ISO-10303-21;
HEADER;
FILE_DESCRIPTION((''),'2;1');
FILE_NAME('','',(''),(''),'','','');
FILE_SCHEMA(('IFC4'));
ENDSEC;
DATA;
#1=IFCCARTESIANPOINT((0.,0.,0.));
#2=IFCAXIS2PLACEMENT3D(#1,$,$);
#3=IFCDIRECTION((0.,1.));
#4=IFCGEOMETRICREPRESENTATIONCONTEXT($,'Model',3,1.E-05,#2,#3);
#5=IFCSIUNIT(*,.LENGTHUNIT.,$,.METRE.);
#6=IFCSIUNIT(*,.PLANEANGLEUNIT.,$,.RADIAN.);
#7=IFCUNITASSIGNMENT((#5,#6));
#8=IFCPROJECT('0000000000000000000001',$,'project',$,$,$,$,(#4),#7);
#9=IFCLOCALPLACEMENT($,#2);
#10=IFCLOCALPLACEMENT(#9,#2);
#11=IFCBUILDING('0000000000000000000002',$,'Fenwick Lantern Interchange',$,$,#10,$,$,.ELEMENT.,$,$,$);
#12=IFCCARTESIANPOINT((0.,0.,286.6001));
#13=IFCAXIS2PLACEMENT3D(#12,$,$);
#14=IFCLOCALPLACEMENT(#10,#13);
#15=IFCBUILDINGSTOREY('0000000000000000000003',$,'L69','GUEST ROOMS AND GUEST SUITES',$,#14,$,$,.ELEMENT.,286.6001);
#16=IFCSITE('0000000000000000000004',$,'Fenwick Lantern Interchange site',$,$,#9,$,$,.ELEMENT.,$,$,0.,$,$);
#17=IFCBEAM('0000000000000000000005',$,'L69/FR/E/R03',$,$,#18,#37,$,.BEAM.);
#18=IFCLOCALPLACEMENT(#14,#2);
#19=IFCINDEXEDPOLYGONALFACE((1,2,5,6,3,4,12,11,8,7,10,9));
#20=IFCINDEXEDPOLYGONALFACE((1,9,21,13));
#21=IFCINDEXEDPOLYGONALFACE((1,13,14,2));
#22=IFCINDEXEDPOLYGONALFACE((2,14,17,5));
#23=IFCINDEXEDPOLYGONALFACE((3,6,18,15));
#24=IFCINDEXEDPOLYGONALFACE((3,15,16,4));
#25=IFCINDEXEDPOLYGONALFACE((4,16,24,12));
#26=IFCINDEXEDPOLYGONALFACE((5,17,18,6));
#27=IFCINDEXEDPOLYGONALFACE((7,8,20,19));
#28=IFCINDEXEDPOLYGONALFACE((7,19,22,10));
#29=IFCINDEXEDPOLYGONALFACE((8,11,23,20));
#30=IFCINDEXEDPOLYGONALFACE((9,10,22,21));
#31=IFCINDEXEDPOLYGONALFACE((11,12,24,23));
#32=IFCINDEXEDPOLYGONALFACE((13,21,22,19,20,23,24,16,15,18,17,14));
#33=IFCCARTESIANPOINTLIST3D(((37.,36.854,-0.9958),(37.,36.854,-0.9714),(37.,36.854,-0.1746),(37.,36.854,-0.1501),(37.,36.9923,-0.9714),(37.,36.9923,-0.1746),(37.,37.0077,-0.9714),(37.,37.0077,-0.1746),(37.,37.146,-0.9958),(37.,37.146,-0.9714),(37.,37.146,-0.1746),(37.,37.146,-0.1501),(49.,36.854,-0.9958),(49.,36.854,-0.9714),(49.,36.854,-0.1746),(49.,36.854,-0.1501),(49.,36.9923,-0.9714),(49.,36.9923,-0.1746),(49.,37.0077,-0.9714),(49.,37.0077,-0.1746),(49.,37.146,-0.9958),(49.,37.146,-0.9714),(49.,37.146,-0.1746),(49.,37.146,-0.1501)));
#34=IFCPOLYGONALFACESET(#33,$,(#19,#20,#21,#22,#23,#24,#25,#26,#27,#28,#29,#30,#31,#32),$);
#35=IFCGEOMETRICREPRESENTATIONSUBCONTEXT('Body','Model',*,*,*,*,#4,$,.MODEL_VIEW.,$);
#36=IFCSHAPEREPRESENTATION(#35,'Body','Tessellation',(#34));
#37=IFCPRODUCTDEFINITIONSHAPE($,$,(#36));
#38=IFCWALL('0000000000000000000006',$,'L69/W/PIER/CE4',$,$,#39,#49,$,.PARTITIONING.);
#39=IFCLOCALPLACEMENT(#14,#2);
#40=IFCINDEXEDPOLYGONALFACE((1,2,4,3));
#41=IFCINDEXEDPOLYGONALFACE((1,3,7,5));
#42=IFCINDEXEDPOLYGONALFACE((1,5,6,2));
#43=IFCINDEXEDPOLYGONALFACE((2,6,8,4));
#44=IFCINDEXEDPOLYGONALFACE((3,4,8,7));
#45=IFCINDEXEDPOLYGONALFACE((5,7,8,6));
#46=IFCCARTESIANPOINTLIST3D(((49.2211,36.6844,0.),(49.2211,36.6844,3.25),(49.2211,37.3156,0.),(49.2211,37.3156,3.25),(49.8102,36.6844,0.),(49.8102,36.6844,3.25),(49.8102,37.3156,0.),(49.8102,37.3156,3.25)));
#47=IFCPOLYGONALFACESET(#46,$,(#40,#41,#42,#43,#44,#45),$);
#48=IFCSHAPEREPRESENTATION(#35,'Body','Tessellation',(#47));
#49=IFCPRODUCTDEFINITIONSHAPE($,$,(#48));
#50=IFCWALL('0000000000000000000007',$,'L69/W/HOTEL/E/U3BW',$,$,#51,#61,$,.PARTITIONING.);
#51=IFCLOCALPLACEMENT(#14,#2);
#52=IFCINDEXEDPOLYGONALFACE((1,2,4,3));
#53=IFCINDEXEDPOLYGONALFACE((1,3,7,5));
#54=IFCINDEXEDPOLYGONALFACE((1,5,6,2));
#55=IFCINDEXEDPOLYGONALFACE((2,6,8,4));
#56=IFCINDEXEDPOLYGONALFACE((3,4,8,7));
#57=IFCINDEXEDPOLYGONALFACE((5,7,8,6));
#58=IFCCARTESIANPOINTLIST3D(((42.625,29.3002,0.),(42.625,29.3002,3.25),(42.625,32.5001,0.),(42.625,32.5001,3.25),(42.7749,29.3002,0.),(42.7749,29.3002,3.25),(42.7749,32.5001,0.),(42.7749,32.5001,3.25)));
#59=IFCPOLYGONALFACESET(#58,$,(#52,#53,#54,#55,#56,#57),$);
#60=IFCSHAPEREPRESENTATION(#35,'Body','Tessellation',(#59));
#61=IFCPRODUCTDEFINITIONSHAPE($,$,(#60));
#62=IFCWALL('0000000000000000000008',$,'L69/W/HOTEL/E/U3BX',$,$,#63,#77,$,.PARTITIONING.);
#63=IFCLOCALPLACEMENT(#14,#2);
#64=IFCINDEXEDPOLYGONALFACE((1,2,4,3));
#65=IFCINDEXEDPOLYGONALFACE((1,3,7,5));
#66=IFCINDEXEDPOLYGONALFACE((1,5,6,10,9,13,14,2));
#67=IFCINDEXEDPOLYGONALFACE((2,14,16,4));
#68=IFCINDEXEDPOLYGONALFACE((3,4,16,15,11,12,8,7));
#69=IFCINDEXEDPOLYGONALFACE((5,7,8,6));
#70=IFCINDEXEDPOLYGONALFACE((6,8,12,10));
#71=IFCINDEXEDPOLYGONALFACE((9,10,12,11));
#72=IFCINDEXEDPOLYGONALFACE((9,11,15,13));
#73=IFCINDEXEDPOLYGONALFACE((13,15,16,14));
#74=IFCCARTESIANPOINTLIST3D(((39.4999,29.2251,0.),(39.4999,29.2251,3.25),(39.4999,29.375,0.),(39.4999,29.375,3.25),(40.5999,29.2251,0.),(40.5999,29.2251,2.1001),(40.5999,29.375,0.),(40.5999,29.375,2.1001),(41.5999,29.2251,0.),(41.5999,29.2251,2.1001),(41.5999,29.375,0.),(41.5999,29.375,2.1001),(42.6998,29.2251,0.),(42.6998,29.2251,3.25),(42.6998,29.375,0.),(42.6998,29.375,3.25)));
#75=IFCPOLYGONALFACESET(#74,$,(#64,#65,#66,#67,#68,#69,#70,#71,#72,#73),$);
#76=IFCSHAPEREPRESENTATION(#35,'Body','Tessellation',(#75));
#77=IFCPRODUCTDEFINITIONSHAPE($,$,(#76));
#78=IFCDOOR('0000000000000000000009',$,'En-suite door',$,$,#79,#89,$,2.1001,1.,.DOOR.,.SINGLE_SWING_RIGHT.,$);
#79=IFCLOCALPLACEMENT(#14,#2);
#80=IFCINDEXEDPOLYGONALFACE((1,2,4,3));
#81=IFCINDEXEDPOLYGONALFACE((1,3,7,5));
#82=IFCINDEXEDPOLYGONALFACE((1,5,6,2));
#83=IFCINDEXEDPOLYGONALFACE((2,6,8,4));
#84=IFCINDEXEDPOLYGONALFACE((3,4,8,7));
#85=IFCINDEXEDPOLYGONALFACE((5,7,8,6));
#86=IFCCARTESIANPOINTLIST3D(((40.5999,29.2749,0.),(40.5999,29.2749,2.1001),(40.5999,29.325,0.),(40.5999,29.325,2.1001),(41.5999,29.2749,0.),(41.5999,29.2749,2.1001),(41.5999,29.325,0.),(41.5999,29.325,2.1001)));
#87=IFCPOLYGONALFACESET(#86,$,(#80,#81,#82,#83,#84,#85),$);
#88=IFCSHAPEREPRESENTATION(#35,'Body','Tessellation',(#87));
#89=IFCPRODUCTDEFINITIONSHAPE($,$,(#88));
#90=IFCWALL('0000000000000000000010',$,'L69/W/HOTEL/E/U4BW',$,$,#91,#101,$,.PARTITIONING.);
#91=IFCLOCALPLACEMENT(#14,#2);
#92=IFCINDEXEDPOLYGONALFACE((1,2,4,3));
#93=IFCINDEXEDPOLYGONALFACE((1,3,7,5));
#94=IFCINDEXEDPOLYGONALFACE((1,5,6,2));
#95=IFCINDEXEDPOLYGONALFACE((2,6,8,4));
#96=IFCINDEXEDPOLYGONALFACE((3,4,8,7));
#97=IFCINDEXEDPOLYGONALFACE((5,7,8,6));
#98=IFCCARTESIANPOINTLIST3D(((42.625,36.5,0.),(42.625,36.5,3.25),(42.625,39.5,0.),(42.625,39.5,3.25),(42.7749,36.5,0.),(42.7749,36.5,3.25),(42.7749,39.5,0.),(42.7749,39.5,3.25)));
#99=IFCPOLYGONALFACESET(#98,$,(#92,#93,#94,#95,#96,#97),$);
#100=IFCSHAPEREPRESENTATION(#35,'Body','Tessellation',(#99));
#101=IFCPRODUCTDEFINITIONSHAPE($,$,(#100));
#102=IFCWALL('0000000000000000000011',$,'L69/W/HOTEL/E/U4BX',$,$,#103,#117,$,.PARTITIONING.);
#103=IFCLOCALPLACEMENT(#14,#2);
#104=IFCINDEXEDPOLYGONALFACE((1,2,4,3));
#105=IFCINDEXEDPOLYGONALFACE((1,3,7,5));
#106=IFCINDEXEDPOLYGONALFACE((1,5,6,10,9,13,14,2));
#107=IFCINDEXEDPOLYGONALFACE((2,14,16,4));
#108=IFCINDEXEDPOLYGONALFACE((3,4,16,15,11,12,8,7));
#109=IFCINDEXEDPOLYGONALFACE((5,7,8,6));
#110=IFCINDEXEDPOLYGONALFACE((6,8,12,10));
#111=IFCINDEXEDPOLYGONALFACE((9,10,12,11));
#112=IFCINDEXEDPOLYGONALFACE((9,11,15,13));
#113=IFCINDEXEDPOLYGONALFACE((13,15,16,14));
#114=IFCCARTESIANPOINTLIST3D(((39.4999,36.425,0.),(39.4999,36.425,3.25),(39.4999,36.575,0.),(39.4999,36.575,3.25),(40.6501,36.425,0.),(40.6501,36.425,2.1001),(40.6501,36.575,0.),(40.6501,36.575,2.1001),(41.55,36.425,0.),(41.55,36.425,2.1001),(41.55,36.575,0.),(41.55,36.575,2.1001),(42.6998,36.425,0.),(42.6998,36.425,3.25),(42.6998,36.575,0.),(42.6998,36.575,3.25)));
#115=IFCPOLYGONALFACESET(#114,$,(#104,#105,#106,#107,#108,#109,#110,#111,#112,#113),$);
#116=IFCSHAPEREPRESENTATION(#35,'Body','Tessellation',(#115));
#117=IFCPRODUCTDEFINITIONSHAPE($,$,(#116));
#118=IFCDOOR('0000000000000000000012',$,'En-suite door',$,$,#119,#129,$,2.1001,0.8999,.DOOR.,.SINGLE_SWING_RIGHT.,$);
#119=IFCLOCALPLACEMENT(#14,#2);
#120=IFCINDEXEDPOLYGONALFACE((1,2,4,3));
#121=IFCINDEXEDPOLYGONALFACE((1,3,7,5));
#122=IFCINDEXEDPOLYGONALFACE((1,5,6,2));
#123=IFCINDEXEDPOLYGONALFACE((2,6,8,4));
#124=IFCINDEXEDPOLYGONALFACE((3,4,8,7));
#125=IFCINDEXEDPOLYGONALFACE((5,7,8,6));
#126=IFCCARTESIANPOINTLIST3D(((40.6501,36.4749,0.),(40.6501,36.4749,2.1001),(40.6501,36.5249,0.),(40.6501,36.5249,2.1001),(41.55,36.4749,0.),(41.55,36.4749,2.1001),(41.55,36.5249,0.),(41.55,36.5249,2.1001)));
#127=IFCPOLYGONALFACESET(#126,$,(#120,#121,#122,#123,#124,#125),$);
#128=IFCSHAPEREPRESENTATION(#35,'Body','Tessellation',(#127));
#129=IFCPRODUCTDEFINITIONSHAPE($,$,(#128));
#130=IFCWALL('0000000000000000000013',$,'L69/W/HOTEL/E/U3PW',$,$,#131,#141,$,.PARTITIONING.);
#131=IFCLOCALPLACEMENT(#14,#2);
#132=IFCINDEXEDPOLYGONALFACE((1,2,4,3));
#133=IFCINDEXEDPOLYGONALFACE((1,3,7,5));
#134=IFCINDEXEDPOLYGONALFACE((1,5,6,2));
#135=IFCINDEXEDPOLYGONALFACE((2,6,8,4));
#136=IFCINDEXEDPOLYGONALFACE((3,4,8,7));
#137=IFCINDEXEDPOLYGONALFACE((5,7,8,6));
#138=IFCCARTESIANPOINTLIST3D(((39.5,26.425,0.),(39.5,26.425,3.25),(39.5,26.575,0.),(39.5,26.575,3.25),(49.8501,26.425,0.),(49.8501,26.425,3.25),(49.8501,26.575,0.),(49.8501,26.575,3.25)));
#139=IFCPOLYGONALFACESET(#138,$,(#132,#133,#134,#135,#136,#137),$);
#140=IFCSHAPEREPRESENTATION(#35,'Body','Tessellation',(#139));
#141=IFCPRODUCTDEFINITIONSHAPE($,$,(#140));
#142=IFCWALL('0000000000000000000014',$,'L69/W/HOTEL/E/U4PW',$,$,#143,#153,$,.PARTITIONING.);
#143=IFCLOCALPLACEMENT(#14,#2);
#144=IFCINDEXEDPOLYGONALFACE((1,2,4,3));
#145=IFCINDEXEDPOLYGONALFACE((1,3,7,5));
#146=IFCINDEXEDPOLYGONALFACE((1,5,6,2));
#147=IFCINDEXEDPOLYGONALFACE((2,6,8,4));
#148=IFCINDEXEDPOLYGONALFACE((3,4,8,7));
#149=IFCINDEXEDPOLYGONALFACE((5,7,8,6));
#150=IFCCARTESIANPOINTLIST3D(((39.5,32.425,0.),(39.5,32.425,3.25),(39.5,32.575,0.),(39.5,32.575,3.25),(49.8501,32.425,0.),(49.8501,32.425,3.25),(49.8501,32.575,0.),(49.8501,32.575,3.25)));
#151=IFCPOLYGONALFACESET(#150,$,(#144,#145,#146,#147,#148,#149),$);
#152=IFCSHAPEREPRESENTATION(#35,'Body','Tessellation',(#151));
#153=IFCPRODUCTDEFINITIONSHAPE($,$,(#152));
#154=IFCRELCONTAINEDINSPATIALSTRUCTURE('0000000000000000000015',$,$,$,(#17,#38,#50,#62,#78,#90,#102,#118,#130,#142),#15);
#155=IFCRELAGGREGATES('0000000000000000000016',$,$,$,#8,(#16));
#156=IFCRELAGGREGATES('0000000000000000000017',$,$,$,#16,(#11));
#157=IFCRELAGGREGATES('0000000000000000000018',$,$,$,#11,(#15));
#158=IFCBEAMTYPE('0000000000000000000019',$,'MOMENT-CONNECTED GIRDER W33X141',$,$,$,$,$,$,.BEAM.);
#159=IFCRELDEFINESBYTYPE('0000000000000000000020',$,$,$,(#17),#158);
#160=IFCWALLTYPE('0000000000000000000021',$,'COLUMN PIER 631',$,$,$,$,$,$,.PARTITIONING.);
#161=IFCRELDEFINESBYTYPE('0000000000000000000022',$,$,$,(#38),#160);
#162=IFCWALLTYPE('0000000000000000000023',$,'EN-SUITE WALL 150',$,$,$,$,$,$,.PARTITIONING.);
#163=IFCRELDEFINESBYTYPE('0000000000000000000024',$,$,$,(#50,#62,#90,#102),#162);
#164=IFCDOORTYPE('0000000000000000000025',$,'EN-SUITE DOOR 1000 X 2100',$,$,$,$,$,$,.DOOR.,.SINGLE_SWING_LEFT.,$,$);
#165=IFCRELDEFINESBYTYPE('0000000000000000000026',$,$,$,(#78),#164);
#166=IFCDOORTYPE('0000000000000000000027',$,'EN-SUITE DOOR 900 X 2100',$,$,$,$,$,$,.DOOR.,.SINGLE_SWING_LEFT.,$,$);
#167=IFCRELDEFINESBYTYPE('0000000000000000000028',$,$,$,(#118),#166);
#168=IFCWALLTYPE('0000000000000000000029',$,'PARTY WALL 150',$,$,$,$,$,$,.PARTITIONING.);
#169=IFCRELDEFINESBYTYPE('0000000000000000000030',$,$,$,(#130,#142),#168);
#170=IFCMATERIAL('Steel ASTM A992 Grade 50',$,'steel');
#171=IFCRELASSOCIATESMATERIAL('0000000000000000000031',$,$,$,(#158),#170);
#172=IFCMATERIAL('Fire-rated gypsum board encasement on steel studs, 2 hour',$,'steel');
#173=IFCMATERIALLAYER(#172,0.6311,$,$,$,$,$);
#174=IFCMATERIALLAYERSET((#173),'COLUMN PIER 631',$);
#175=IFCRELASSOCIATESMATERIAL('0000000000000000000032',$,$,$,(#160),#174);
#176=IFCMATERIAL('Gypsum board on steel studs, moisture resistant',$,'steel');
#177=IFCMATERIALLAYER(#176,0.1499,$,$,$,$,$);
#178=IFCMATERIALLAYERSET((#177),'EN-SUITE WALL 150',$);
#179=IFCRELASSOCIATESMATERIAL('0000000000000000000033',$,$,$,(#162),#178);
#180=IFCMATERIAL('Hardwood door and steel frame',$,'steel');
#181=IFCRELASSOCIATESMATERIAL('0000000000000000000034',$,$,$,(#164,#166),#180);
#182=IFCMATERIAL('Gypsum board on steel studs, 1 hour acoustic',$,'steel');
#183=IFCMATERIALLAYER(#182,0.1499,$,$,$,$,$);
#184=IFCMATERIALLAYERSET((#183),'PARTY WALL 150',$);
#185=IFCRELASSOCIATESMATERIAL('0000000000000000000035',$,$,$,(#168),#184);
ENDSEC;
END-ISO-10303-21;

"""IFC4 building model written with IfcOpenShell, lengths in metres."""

from ifc_helpers import new_model, si_unit, direction, frame, frame_2d, origin, origin_2d, place, context, subcontext, project, spatial, rectangle, i_section, extrude, material, layer, layer_set, material_profile, profile_set, type_object, element, fill, save


model = new_model("IFC4")

# Units and contexts
model_context = context("Model", 3, precision=1e-05, world=origin(), true_north=direction((0.0, 1.0)))
body_context = subcontext(model_context, "Body", "Model", "MODEL_VIEW")
ifc_project = project(units=[si_unit("LENGTHUNIT", "METRE"), si_unit("PLANEANGLEUNIT", "RADIAN")], contexts=[model_context])

# Site, building, storey
site_placement = place(None, origin())
site = spatial("IfcSite", under=ifc_project, at=site_placement, Name="Fenwick Lantern Interchange site", CompositionType="ELEMENT", RefElevation=0.0)
building_placement = place(site_placement, origin())
building = spatial("IfcBuilding", under=site, at=building_placement, Name="Fenwick Lantern Interchange", CompositionType="ELEMENT")
storey_placement = place(building_placement, frame((0.0, 0.0, 286.6001)))
storey = spatial("IfcBuildingStorey", under=building, at=storey_placement, Name="L69", Description="GUEST ROOMS AND GUEST SUITES", CompositionType="ELEMENT", Elevation=286.6001)

# Shared definitions
ifc_material_1 = material(Name="Steel ASTM A992 Grade 50", Category="steel")

# Beam
ifc_material_profile_1 = material_profile(ifc_material_1, i_section(OverallWidth=0.292, OverallDepth=0.8457, WebThickness=0.0154, FlangeThickness=0.0244, at=origin_2d()), Name="W33X141")
ifc_profile_set_1 = profile_set([ifc_material_profile_1], Name="Steel ASTM A992 Grade 50")
beam_type_1 = type_object("IfcBeamType", Name="MOMENT-CONNECTED GIRDER W33X141", PredefinedType="BEAM", material=ifc_profile_set_1)
beam_1_placement = place(storey_placement, frame((49.0, 37.0, -0.573), z_axis=(-1.0, 0.0, 0.0), x_axis=(0.0, -1.0, 0.0)))
element("IfcBeam", 1, at=beam_1_placement, inside=storey, type_object=beam_type_1, Name="L69/FR/E/R03", PredefinedType="BEAM", context=body_context, shape_type="SweptSolid", body=[
    extrude(i_section(OverallWidth=0.292, OverallDepth=0.8457, WebThickness=0.0154, FlangeThickness=0.0244, at=origin_2d()), origin(), (0.0, 0.0, 1.0), 12.0),
])

# Walls
ifc_material_2 = material(Name="Fire-rated gypsum board encasement on steel studs, 2 hour", Category="steel")
ifc_layer_1 = layer(ifc_material_2, 0.6311)
ifc_layer_set_1 = layer_set([ifc_layer_1], Name="COLUMN PIER 631")
wall_type_1 = type_object("IfcWallType", Name="COLUMN PIER 631", PredefinedType="PARTITIONING", material=ifc_layer_set_1)
wall_1_placement = place(storey_placement, frame((49.8101, 37.0, 0.0), z_axis=(0.0, 0.0, 1.0), x_axis=(-1.0, 0.0, 0.0)))
element("IfcWall", 2, at=wall_1_placement, inside=storey, type_object=wall_type_1, Name="L69/W/PIER/CE4", PredefinedType="PARTITIONING", context=body_context, shape_type="SweptSolid", body=[
    extrude(rectangle(XDim=0.5891, YDim=0.6311, at=frame_2d((0.2944, 0.0))), origin(), (0.0, 0.0, 1.0), 3.25),
])
ifc_material_3 = material(Name="Gypsum board on steel studs, moisture resistant", Category="steel")
ifc_layer_2 = layer(ifc_material_3, 0.1499)
ifc_layer_set_2 = layer_set([ifc_layer_2], Name="EN-SUITE WALL 150")
wall_type_2 = type_object("IfcWallType", Name="EN-SUITE WALL 150", PredefinedType="PARTITIONING", material=ifc_layer_set_2)
wall_2_placement = place(storey_placement, frame((42.7, 29.3, 0.0), z_axis=(0.0, 0.0, 1.0), x_axis=(0.0, 1.0, 0.0)))
element("IfcWall", 3, at=wall_2_placement, inside=storey, type_object=wall_type_2, Name="L69/W/HOTEL/E/U3BW", PredefinedType="PARTITIONING", context=body_context, shape_type="SweptSolid", body=[
    extrude(rectangle(XDim=3.2, YDim=0.1499, at=frame_2d((1.6001, 0.0))), origin(), (0.0, 0.0, 1.0), 3.25),
])

# Wall, opening, door
wall_3_placement = place(storey_placement, frame((42.7, 29.3, 0.0), z_axis=(0.0, 0.0, 1.0), x_axis=(-1.0, 0.0, 0.0)))
wall_3 = element("IfcWall", 4, at=wall_3_placement, inside=storey, type_object=wall_type_2, Name="L69/W/HOTEL/E/U3BX", PredefinedType="PARTITIONING", context=body_context, shape_type="SweptSolid", body=[
    extrude(rectangle(XDim=3.2, YDim=0.1499, at=frame_2d((1.6001, 0.0))), origin(), (0.0, 0.0, 1.0), 3.25),
])
opening_1_placement = place(wall_3_placement, frame((1.1001, 0.0, 0.0)))
opening_1 = element("IfcOpeningElement", 5, at=opening_1_placement, cuts=wall_3, PredefinedType="OPENING", context=body_context, shape_type="SweptSolid", body=[
    extrude(rectangle(XDim=1.0, YDim=2.1001, at=frame_2d((0.5, 1.05))), frame((0.0, 0.085, 0.0), z_axis=(0.0, -1.0, 0.0), x_axis=(1.0, 0.0, 0.0)), (0.0, 0.0, 1.0), 0.1699),
])
ifc_material_4 = material(Name="Hardwood door and steel frame", Category="steel")
door_type_1 = type_object("IfcDoorType", Name="EN-SUITE DOOR 1000 X 2100", OperationType="SINGLE_SWING_LEFT", PredefinedType="DOOR", material=ifc_material_4)
door_1_placement = place(opening_1_placement, frame((1.0, 0.0, 0.0), z_axis=(0.0, 0.0, 1.0), x_axis=(-1.0, 0.0, 0.0)))
door_1 = element("IfcDoor", 6, at=door_1_placement, inside=storey, type_object=door_type_1, Name="En-suite door", OperationType="SINGLE_SWING_RIGHT", OverallHeight=2.1001, OverallWidth=1.0, PredefinedType="DOOR", context=body_context, shape_type="SweptSolid", body=[
    extrude(rectangle(XDim=1.0, YDim=2.1001, at=frame_2d((0.5, 1.05))), frame((0.0, 0.0249, 0.0), z_axis=(0.0, -1.0, 0.0), x_axis=(1.0, 0.0, 0.0)), (0.0, 0.0, 1.0), 0.05),
])
fill(opening_1, door_1)

# Wall
wall_4_placement = place(storey_placement, frame((42.7, 36.5, 0.0), z_axis=(0.0, 0.0, 1.0), x_axis=(0.0, 1.0, 0.0)))
element("IfcWall", 7, at=wall_4_placement, inside=storey, type_object=wall_type_2, Name="L69/W/HOTEL/E/U4BW", PredefinedType="PARTITIONING", context=body_context, shape_type="SweptSolid", body=[
    extrude(rectangle(XDim=3.0, YDim=0.1499, at=frame_2d((1.5, 0.0))), origin(), (0.0, 0.0, 1.0), 3.25),
])

# Wall, opening, door
wall_5_placement = place(storey_placement, frame((42.7, 36.5, 0.0), z_axis=(0.0, 0.0, 1.0), x_axis=(-1.0, 0.0, 0.0)))
wall_5 = element("IfcWall", 8, at=wall_5_placement, inside=storey, type_object=wall_type_2, Name="L69/W/HOTEL/E/U4BX", PredefinedType="PARTITIONING", context=body_context, shape_type="SweptSolid", body=[
    extrude(rectangle(XDim=3.2, YDim=0.1499, at=frame_2d((1.6001, 0.0))), origin(), (0.0, 0.0, 1.0), 3.25),
])
opening_2_placement = place(wall_5_placement, frame((1.1499, 0.0, 0.0)))
opening_2 = element("IfcOpeningElement", 9, at=opening_2_placement, cuts=wall_5, PredefinedType="OPENING", context=body_context, shape_type="SweptSolid", body=[
    extrude(rectangle(XDim=0.8999, YDim=2.1001, at=frame_2d((0.45, 1.05))), frame((0.0, 0.085, 0.0), z_axis=(0.0, -1.0, 0.0), x_axis=(1.0, 0.0, 0.0)), (0.0, 0.0, 1.0), 0.1699),
])
door_type_2 = type_object("IfcDoorType", Name="EN-SUITE DOOR 900 X 2100", OperationType="SINGLE_SWING_LEFT", PredefinedType="DOOR", material=ifc_material_4)
door_2_placement = place(opening_2_placement, frame((0.8999, 0.0, 0.0), z_axis=(0.0, 0.0, 1.0), x_axis=(-1.0, 0.0, 0.0)))
door_2 = element("IfcDoor", 10, at=door_2_placement, inside=storey, type_object=door_type_2, Name="En-suite door", OperationType="SINGLE_SWING_RIGHT", OverallHeight=2.1001, OverallWidth=0.8999, PredefinedType="DOOR", context=body_context, shape_type="SweptSolid", body=[
    extrude(rectangle(XDim=0.8999, YDim=2.1001, at=frame_2d((0.45, 1.05))), frame((0.0, 0.0249, 0.0), z_axis=(0.0, -1.0, 0.0), x_axis=(1.0, 0.0, 0.0)), (0.0, 0.0, 1.0), 0.05),
])
fill(opening_2, door_2)

# Walls
ifc_material_5 = material(Name="Gypsum board on steel studs, 1 hour acoustic", Category="steel")
ifc_layer_3 = layer(ifc_material_5, 0.1499)
ifc_layer_set_3 = layer_set([ifc_layer_3], Name="PARTY WALL 150")
wall_type_3 = type_object("IfcWallType", Name="PARTY WALL 150", PredefinedType="PARTITIONING", material=ifc_layer_set_3)
for number, where, z_axis, x_axis, name in (
    (11, (49.8501, 26.5, 0.0), (0.0, 0.0, 1.0), (-1.0, 0.0, 0.0), "L69/W/HOTEL/E/U3PW"),
    (12, (49.8501, 32.5, 0.0), (0.0, 0.0, 1.0), (-1.0, 0.0, 0.0), "L69/W/HOTEL/E/U4PW"),
):
    element("IfcWall", number, at=place(storey_placement, frame(where, z_axis=z_axis, x_axis=x_axis)), inside=storey, type_object=wall_type_3, Name=name, PredefinedType="PARTITIONING", context=body_context, shape_type="SweptSolid", body=[
        extrude(rectangle(XDim=10.3501, YDim=0.1499, at=frame_2d((5.175, 0.0))), origin(), (0.0, 0.0, 1.0), 3.25),
    ])

save(model, "model.ifc")
